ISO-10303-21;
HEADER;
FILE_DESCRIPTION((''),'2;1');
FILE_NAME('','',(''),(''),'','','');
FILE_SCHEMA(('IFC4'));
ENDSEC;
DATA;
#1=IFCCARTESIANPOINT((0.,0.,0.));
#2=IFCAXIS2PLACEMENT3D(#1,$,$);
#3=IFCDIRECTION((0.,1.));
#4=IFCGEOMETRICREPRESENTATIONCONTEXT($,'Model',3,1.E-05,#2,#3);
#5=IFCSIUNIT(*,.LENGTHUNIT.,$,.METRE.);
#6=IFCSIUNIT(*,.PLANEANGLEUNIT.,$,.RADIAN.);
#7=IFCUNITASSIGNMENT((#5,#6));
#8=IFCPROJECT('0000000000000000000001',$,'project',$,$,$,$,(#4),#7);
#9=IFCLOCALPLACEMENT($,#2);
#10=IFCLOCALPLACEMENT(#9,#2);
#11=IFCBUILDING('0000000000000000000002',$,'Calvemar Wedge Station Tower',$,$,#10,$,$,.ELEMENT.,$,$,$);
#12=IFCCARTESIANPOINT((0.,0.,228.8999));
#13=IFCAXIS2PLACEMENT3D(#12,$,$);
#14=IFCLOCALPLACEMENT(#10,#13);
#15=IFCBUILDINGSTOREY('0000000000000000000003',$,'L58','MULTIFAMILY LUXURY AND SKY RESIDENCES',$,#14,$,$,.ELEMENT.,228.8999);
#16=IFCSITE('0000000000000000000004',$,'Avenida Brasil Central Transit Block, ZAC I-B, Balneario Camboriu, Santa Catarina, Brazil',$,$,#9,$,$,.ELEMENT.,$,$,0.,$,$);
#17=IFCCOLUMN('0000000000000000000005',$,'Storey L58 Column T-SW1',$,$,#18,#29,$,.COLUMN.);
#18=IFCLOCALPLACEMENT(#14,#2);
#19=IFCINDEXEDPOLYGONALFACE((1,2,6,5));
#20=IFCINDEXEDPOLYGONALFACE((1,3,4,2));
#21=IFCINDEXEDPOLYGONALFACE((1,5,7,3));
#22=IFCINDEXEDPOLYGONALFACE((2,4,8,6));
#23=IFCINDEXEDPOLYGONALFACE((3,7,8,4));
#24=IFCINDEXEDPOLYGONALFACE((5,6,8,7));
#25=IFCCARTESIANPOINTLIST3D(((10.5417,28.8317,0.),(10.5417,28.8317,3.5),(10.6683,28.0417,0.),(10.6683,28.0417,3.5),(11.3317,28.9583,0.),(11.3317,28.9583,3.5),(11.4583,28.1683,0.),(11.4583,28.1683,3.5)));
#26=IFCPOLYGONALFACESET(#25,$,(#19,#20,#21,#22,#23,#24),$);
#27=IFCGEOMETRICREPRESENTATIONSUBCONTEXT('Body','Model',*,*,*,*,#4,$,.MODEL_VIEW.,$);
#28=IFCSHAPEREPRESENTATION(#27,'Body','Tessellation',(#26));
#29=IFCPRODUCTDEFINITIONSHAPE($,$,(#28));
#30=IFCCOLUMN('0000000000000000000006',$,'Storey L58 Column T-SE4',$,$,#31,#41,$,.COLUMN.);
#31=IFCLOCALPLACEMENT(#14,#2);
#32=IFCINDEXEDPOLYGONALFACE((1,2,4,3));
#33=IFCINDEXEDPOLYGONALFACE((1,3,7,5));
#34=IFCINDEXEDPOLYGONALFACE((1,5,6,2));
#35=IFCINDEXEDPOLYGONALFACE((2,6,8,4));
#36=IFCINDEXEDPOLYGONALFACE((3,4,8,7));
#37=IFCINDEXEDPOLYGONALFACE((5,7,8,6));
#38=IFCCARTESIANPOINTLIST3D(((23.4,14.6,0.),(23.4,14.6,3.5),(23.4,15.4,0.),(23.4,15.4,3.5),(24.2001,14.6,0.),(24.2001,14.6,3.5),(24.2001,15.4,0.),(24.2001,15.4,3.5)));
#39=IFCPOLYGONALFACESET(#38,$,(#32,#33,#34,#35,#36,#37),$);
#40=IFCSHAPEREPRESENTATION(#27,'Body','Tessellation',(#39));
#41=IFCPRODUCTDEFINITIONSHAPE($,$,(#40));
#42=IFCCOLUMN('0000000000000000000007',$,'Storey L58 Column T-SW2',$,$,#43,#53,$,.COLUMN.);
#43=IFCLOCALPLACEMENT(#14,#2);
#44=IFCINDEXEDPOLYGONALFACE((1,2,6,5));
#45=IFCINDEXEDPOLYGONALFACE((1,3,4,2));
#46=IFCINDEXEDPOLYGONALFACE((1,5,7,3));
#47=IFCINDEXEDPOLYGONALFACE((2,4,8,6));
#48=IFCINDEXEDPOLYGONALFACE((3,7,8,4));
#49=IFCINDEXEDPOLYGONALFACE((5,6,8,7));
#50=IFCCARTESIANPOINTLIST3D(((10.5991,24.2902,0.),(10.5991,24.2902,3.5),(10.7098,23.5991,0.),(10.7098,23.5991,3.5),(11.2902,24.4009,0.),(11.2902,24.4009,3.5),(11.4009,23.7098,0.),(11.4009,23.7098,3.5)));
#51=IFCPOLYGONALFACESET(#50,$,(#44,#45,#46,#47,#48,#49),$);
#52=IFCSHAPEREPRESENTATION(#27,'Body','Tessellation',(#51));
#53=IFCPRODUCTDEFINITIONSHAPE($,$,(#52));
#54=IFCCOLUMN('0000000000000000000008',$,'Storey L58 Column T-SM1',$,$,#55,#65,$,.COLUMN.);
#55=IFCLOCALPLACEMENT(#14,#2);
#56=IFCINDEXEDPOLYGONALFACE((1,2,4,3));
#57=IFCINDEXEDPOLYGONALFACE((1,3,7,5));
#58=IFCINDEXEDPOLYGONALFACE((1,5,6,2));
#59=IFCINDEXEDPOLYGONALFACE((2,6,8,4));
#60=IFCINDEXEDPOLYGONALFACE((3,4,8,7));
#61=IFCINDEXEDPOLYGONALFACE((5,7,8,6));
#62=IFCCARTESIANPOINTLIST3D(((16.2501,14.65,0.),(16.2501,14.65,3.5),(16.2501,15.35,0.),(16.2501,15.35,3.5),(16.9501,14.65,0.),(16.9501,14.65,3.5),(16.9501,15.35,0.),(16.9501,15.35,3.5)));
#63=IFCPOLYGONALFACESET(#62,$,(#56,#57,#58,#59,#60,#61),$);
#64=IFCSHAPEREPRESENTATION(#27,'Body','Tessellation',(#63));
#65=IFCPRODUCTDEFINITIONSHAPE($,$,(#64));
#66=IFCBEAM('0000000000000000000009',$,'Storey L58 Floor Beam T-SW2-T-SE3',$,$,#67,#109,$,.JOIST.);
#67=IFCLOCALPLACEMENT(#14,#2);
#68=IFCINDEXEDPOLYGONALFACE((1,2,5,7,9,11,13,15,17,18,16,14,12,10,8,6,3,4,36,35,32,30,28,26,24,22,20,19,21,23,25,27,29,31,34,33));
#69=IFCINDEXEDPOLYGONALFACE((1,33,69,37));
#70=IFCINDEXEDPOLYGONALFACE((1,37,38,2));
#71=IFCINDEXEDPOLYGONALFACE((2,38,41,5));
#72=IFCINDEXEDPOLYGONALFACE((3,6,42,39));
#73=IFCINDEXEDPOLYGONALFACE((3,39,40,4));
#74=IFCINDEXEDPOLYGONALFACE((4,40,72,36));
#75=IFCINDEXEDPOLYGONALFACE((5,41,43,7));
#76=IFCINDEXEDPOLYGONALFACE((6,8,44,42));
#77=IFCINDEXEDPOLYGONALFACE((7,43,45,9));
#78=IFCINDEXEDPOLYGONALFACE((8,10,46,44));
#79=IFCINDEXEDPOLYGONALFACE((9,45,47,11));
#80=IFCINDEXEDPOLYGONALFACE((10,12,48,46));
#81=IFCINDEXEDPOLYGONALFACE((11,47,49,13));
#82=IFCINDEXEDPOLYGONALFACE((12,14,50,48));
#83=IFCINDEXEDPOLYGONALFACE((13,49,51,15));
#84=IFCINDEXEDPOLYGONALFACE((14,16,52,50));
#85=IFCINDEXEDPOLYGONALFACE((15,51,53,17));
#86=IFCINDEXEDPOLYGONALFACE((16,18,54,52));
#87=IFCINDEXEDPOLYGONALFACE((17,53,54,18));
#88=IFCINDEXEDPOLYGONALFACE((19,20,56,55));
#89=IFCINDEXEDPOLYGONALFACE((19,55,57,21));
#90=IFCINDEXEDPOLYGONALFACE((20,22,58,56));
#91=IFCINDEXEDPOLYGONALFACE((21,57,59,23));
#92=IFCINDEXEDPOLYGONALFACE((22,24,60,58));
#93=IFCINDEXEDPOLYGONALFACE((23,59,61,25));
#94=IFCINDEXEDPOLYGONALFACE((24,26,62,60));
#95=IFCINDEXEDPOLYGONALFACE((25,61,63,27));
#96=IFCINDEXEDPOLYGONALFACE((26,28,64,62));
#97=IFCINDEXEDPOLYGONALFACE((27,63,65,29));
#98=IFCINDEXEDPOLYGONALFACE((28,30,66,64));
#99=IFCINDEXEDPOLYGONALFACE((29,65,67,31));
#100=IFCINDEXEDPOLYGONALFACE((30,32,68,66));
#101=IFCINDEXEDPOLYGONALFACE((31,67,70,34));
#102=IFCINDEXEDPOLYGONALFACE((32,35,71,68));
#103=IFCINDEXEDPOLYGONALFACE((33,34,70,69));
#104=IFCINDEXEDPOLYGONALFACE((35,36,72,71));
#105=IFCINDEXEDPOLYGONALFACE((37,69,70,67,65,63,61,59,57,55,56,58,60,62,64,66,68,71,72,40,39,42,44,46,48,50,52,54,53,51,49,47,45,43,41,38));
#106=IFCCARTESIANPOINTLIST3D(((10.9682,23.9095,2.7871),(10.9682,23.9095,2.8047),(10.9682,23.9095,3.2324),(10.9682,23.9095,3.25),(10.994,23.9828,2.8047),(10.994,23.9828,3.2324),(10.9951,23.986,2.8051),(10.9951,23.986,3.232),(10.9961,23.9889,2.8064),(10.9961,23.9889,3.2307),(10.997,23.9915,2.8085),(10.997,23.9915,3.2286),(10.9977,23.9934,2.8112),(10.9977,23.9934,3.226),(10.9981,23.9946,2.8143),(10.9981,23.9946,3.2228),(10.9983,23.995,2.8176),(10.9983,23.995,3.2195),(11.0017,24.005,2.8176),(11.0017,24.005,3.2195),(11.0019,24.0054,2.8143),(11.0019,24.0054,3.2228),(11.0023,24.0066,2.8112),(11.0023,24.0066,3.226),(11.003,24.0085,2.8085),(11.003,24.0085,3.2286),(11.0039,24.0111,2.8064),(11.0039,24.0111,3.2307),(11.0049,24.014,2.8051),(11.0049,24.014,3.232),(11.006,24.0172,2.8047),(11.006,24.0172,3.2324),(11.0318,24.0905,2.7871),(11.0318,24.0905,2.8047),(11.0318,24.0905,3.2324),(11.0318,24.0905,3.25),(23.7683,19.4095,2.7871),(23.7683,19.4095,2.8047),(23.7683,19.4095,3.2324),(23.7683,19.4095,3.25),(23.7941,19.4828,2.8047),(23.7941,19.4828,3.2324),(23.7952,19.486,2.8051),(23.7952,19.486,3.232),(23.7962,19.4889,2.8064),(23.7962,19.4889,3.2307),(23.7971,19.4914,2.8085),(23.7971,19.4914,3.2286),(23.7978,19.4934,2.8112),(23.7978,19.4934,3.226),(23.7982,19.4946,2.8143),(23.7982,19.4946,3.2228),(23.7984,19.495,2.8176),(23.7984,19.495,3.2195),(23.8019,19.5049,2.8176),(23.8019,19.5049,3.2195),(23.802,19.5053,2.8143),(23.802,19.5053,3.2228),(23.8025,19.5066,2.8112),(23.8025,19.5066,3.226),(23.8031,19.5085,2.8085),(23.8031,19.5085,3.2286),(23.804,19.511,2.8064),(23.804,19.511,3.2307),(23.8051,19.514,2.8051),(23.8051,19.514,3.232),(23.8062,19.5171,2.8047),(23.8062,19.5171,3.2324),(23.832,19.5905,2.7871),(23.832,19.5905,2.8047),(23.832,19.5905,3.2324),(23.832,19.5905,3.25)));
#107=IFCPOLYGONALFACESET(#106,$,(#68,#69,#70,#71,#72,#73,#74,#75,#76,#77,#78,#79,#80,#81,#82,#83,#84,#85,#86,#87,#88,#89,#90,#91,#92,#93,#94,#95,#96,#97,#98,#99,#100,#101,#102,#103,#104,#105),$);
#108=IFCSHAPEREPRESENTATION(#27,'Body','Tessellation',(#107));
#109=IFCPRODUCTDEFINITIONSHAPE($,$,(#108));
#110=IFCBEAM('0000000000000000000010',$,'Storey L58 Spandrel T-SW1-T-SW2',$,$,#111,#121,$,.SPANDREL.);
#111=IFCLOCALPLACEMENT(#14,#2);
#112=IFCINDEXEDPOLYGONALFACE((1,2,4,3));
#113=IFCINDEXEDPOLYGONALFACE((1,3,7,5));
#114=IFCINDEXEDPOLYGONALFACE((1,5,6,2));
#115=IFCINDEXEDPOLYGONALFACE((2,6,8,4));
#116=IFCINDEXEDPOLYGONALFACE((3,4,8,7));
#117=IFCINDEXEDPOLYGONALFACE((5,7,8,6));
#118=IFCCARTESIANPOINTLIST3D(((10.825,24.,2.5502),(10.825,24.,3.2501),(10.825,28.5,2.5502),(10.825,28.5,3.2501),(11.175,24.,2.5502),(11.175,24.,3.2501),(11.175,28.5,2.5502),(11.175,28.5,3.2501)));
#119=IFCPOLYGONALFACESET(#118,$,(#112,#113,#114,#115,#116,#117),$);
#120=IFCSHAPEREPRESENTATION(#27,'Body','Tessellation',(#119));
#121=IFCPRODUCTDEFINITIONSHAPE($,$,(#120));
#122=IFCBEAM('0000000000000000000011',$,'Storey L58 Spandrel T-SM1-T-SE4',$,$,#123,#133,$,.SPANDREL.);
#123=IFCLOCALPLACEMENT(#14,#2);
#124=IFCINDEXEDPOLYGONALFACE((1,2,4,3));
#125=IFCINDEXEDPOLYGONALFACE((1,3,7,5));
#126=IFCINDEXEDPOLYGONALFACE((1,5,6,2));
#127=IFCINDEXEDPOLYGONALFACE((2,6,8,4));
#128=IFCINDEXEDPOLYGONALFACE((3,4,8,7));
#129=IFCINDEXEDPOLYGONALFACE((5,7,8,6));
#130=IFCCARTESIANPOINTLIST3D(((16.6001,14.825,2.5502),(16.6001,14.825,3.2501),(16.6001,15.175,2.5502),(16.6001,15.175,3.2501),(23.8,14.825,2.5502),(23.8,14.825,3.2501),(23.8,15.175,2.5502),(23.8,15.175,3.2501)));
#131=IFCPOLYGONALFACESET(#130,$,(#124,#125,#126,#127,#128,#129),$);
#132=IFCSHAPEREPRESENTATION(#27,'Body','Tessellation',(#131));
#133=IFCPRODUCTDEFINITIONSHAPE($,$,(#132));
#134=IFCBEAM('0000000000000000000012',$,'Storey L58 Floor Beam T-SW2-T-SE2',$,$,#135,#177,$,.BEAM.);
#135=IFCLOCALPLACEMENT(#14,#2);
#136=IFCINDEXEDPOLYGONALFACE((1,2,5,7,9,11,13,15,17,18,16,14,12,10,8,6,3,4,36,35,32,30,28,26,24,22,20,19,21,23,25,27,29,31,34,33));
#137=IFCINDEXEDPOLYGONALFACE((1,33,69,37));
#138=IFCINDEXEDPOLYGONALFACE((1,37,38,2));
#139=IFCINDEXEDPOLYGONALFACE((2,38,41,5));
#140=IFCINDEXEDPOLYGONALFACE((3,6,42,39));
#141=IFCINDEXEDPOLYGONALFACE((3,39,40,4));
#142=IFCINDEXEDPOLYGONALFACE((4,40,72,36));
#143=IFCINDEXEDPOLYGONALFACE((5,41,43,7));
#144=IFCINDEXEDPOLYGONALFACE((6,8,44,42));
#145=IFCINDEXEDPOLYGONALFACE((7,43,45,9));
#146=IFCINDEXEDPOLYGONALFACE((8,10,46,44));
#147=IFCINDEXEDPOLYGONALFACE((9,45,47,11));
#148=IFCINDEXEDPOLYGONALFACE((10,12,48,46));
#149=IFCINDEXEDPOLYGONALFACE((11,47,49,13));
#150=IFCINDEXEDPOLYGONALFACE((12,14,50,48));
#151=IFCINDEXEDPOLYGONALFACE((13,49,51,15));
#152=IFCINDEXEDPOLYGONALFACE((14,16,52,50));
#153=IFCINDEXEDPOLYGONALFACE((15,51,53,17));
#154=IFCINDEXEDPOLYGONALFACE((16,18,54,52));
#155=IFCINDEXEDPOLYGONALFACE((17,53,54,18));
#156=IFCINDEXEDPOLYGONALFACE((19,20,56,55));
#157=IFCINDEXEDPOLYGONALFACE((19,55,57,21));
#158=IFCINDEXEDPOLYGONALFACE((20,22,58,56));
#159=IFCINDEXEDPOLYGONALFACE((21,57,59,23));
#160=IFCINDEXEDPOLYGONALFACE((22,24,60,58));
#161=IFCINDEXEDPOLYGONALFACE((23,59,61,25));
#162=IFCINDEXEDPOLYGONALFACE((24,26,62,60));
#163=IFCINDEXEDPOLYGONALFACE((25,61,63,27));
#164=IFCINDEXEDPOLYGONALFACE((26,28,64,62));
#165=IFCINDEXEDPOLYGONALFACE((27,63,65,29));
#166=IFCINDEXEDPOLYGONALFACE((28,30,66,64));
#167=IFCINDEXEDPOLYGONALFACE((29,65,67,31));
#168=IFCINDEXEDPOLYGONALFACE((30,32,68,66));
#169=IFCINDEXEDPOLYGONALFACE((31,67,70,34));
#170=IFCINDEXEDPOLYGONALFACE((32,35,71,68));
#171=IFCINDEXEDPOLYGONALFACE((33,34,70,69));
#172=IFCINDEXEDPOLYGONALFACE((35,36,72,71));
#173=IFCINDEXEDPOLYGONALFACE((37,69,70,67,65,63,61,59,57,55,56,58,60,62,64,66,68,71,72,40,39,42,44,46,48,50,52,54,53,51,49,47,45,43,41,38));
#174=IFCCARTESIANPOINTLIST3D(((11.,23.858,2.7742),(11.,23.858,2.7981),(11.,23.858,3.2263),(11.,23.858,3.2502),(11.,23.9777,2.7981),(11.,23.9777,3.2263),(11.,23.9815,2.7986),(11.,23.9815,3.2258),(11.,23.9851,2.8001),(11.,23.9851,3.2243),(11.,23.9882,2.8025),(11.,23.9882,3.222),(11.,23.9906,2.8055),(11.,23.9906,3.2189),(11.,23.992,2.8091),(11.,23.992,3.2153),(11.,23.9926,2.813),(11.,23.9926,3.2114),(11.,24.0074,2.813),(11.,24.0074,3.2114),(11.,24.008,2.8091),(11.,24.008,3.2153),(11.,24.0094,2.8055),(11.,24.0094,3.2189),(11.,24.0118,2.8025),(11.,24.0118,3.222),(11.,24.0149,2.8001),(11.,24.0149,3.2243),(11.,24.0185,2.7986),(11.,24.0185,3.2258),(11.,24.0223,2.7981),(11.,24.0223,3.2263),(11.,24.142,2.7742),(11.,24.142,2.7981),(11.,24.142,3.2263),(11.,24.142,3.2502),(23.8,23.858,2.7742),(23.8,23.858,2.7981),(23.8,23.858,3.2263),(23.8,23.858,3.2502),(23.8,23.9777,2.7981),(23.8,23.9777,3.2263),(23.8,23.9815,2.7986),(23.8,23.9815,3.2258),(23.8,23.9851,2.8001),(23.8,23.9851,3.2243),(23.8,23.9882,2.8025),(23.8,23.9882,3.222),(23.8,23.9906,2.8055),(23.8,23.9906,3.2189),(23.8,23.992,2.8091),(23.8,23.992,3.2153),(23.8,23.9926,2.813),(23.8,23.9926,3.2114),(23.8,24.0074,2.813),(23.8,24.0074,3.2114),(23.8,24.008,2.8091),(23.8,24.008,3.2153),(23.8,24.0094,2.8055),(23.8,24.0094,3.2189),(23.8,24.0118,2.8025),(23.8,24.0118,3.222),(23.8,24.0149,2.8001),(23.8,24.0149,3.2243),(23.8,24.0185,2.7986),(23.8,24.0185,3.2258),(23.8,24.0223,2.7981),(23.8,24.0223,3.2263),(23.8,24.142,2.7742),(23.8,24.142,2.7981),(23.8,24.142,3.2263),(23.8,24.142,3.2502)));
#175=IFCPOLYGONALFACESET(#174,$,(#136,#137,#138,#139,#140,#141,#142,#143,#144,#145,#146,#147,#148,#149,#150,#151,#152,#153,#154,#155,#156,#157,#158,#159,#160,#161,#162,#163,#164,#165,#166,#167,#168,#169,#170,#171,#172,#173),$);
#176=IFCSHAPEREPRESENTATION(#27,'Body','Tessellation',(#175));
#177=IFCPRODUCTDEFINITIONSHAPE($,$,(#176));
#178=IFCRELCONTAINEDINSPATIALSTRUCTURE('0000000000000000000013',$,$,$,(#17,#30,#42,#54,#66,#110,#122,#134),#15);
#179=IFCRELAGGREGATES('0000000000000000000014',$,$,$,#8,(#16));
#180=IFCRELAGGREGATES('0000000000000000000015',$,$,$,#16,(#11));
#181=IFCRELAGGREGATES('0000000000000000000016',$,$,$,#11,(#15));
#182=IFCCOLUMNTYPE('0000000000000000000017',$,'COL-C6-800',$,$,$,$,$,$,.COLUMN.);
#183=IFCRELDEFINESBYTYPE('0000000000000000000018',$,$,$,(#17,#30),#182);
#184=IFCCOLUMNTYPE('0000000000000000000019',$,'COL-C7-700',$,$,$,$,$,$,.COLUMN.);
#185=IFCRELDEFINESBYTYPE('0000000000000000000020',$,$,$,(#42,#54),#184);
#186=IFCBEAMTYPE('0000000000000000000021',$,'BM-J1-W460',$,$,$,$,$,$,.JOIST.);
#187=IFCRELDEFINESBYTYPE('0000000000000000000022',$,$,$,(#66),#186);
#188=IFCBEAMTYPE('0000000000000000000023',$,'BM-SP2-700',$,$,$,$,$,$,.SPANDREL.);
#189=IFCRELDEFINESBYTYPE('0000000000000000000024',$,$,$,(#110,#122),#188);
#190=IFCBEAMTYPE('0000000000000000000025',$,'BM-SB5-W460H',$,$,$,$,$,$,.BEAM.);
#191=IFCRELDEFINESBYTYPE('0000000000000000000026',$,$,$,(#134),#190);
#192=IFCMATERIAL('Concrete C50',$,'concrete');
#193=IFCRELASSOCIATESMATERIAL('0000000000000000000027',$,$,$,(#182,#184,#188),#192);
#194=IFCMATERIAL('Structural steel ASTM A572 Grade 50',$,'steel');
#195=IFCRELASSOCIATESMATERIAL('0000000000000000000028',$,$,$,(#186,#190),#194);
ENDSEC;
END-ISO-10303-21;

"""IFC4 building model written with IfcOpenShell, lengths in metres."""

from ifc_helpers import new_model, si_unit, direction, frame, origin, origin_2d, place, context, subcontext, project, spatial, rectangle, i_section, extrude, source, transform, mapped, material, material_profile, profile_set, type_object, element, save


model = new_model("IFC4")

# Units and contexts
model_context = context("Model", 3, precision=1e-05, world=origin(), true_north=direction((0.0, 1.0)))
body_context = subcontext(model_context, "Body", "Model", "MODEL_VIEW")
ifc_project = project(units=[si_unit("LENGTHUNIT", "METRE"), si_unit("PLANEANGLEUNIT", "RADIAN")], contexts=[model_context])

# Site, building, storey
site_placement = place(None, origin())
site = spatial("IfcSite", under=ifc_project, at=site_placement, Name="Avenida Brasil Central Transit Block, ZAC I-B, Balneario Camboriu, Santa Catarina, Brazil", CompositionType="ELEMENT", RefElevation=0.0)
building_placement = place(site_placement, origin())
building = spatial("IfcBuilding", under=site, at=building_placement, Name="Calvemar Wedge Station Tower", CompositionType="ELEMENT")
storey_placement = place(building_placement, frame((0.0, 0.0, 228.8999)))
storey = spatial("IfcBuildingStorey", under=building, at=storey_placement, Name="L58", Description="MULTIFAMILY LUXURY AND SKY RESIDENCES", CompositionType="ELEMENT", Elevation=228.8999)

# Columns
ifc_material_1 = material(Name="Concrete C50", Category="concrete")
ifc_material_profile_1 = material_profile(ifc_material_1, rectangle(XDim=0.8, YDim=0.8, at=origin_2d()), Name="RC800x800")
ifc_profile_set_1 = profile_set([ifc_material_profile_1], Name="Concrete C50")
column_type_1 = type_object("IfcColumnType", Name="COL-C6-800", PredefinedType="COLUMN", material=ifc_profile_set_1)
shared_shape_1 = source(origin(), body_context, "Body", "SweptSolid", [
    extrude(rectangle(XDim=0.8, YDim=0.8, at=origin_2d()), origin(), (0.0, 0.0, 1.0), 3.5),
])
for number, where, z_axis, x_axis, name in (
    (1, (11.0, 28.5, 0.0), (0.0, 0.0, 1.0), (0.158158, -0.987414, 0.0), "Storey L58 Column T-SW1"),
    (2, (23.8, 15.0, 0.0), (0.0, 0.0, 1.0), (1.0, 0.0, 0.0), "Storey L58 Column T-SE4"),
):
    element("IfcColumn", number, at=place(storey_placement, frame(where, z_axis=z_axis, x_axis=x_axis)), inside=storey, type_object=column_type_1, Name=name, PredefinedType="COLUMN", context=body_context, shape_type="MappedRepresentation", body=[
        mapped(shared_shape_1, transform((0.0, 0.0, 0.0), scale=1.0)),
    ])
ifc_material_profile_2 = material_profile(ifc_material_1, rectangle(XDim=0.7, YDim=0.7, at=origin_2d()), Name="RC700x700")
ifc_profile_set_2 = profile_set([ifc_material_profile_2], Name="Concrete C50")
column_type_2 = type_object("IfcColumnType", Name="COL-C7-700", PredefinedType="COLUMN", material=ifc_profile_set_2)
shared_shape_2 = source(origin(), body_context, "Body", "SweptSolid", [
    extrude(rectangle(XDim=0.7, YDim=0.7, at=origin_2d()), origin(), (0.0, 0.0, 1.0), 3.5),
])
for number, where, z_axis, x_axis, name in (
    (3, (11.0, 24.0, 0.0), (0.0, 0.0, 1.0), (0.158158, -0.987414, 0.0), "Storey L58 Column T-SW2"),
    (4, (16.6001, 15.0, 0.0), (0.0, 0.0, 1.0), (1.0, 0.0, 0.0), "Storey L58 Column T-SM1"),
):
    element("IfcColumn", number, at=place(storey_placement, frame(where, z_axis=z_axis, x_axis=x_axis)), inside=storey, type_object=column_type_2, Name=name, PredefinedType="COLUMN", context=body_context, shape_type="MappedRepresentation", body=[
        mapped(shared_shape_2, transform((0.0, 0.0, 0.0), scale=1.0)),
    ])

# Beams
ifc_material_2 = material(Name="Structural steel ASTM A572 Grade 50", Category="steel")
ifc_material_profile_3 = material_profile(ifc_material_2, i_section(OverallWidth=0.1919, OverallDepth=0.4629, WebThickness=0.0105, FlangeThickness=0.0176, FilletRadius=0.0129, at=origin_2d()), Name="W460x89")
ifc_profile_set_3 = profile_set([ifc_material_profile_3], Name="Structural steel ASTM A572 Grade 50")
beam_type_1 = type_object("IfcBeamType", Name="BM-J1-W460", PredefinedType="JOIST", material=ifc_profile_set_3)
shared_shape_3 = source(origin(), body_context, "Body", "SweptSolid", [
    extrude(i_section(OverallWidth=0.1919, OverallDepth=0.4629, WebThickness=0.0105, FlangeThickness=0.0176, FilletRadius=0.0129, at=origin_2d()), origin(), (0.0, 0.0, 1.0), 13.5681),
])
beam_1_placement = place(storey_placement, frame((11.0, 24.0, 3.0186), z_axis=(0.943398, -0.331662, 0.0), x_axis=(0.331662, 0.943398, 0.0)))
element("IfcBeam", 5, at=beam_1_placement, inside=storey, type_object=beam_type_1, Name="Storey L58 Floor Beam T-SW2-T-SE3", PredefinedType="JOIST", context=body_context, shape_type="MappedRepresentation", body=[
    mapped(shared_shape_3, transform((0.0, 0.0, 0.0), scale=1.0)),
])
ifc_material_profile_4 = material_profile(ifc_material_1, rectangle(XDim=0.3501, YDim=0.7, at=origin_2d()), Name="RC350x700")
ifc_profile_set_4 = profile_set([ifc_material_profile_4], Name="Concrete C50")
beam_type_2 = type_object("IfcBeamType", Name="BM-SP2-700", PredefinedType="SPANDREL", material=ifc_profile_set_4)
shared_shape_4 = source(origin(), body_context, "Body", "SweptSolid", [
    extrude(rectangle(XDim=0.3501, YDim=0.7, at=origin_2d()), origin(), (0.0, 0.0, 1.0), 4.5),
])
beam_2_placement = place(storey_placement, frame((11.0, 28.5, 2.9001), z_axis=(0.0, -1.0, 0.0), x_axis=(1.0, 0.0, 0.0)))
element("IfcBeam", 6, at=beam_2_placement, inside=storey, type_object=beam_type_2, Name="Storey L58 Spandrel T-SW1-T-SW2", PredefinedType="SPANDREL", context=body_context, shape_type="MappedRepresentation", body=[
    mapped(shared_shape_4, transform((0.0, 0.0, 0.0), scale=1.0)),
])
shared_shape_5 = source(origin(), body_context, "Body", "SweptSolid", [
    extrude(rectangle(XDim=0.3501, YDim=0.7, at=origin_2d()), origin(), (0.0, 0.0, 1.0), 7.2),
])
beam_3_placement = place(storey_placement, frame((16.6001, 15.0, 2.9001), z_axis=(1.0, 0.0, 0.0), x_axis=(0.0, 1.0, 0.0)))
element("IfcBeam", 7, at=beam_3_placement, inside=storey, type_object=beam_type_2, Name="Storey L58 Spandrel T-SM1-T-SE4", PredefinedType="SPANDREL", context=body_context, shape_type="MappedRepresentation", body=[
    mapped(shared_shape_5, transform((0.0, 0.0, 0.0), scale=1.0)),
])
ifc_material_profile_5 = material_profile(ifc_material_2, i_section(OverallWidth=0.2839, OverallDepth=0.4761, WebThickness=0.0149, FlangeThickness=0.0239, FilletRadius=0.0149, at=origin_2d()), Name="W460x158")
ifc_profile_set_5 = profile_set([ifc_material_profile_5], Name="Structural steel ASTM A572 Grade 50")
beam_type_3 = type_object("IfcBeamType", Name="BM-SB5-W460H", PredefinedType="BEAM", material=ifc_profile_set_5)
shared_shape_6 = source(origin(), body_context, "Body", "SweptSolid", [
    extrude(i_section(OverallWidth=0.2839, OverallDepth=0.4761, WebThickness=0.0149, FlangeThickness=0.0239, FilletRadius=0.0149, at=origin_2d()), origin(), (0.0, 0.0, 1.0), 12.8),
])
beam_4_placement = place(storey_placement, frame((11.0, 24.0, 3.0122), z_axis=(1.0, 0.0, 0.0), x_axis=(0.0, 1.0, 0.0)))
element("IfcBeam", 8, at=beam_4_placement, inside=storey, type_object=beam_type_3, Name="Storey L58 Floor Beam T-SW2-T-SE2", PredefinedType="BEAM", context=body_context, shape_type="MappedRepresentation", body=[
    mapped(shared_shape_6, transform((0.0, 0.0, 0.0), scale=1.0)),
])

save(model, "model.ifc")
